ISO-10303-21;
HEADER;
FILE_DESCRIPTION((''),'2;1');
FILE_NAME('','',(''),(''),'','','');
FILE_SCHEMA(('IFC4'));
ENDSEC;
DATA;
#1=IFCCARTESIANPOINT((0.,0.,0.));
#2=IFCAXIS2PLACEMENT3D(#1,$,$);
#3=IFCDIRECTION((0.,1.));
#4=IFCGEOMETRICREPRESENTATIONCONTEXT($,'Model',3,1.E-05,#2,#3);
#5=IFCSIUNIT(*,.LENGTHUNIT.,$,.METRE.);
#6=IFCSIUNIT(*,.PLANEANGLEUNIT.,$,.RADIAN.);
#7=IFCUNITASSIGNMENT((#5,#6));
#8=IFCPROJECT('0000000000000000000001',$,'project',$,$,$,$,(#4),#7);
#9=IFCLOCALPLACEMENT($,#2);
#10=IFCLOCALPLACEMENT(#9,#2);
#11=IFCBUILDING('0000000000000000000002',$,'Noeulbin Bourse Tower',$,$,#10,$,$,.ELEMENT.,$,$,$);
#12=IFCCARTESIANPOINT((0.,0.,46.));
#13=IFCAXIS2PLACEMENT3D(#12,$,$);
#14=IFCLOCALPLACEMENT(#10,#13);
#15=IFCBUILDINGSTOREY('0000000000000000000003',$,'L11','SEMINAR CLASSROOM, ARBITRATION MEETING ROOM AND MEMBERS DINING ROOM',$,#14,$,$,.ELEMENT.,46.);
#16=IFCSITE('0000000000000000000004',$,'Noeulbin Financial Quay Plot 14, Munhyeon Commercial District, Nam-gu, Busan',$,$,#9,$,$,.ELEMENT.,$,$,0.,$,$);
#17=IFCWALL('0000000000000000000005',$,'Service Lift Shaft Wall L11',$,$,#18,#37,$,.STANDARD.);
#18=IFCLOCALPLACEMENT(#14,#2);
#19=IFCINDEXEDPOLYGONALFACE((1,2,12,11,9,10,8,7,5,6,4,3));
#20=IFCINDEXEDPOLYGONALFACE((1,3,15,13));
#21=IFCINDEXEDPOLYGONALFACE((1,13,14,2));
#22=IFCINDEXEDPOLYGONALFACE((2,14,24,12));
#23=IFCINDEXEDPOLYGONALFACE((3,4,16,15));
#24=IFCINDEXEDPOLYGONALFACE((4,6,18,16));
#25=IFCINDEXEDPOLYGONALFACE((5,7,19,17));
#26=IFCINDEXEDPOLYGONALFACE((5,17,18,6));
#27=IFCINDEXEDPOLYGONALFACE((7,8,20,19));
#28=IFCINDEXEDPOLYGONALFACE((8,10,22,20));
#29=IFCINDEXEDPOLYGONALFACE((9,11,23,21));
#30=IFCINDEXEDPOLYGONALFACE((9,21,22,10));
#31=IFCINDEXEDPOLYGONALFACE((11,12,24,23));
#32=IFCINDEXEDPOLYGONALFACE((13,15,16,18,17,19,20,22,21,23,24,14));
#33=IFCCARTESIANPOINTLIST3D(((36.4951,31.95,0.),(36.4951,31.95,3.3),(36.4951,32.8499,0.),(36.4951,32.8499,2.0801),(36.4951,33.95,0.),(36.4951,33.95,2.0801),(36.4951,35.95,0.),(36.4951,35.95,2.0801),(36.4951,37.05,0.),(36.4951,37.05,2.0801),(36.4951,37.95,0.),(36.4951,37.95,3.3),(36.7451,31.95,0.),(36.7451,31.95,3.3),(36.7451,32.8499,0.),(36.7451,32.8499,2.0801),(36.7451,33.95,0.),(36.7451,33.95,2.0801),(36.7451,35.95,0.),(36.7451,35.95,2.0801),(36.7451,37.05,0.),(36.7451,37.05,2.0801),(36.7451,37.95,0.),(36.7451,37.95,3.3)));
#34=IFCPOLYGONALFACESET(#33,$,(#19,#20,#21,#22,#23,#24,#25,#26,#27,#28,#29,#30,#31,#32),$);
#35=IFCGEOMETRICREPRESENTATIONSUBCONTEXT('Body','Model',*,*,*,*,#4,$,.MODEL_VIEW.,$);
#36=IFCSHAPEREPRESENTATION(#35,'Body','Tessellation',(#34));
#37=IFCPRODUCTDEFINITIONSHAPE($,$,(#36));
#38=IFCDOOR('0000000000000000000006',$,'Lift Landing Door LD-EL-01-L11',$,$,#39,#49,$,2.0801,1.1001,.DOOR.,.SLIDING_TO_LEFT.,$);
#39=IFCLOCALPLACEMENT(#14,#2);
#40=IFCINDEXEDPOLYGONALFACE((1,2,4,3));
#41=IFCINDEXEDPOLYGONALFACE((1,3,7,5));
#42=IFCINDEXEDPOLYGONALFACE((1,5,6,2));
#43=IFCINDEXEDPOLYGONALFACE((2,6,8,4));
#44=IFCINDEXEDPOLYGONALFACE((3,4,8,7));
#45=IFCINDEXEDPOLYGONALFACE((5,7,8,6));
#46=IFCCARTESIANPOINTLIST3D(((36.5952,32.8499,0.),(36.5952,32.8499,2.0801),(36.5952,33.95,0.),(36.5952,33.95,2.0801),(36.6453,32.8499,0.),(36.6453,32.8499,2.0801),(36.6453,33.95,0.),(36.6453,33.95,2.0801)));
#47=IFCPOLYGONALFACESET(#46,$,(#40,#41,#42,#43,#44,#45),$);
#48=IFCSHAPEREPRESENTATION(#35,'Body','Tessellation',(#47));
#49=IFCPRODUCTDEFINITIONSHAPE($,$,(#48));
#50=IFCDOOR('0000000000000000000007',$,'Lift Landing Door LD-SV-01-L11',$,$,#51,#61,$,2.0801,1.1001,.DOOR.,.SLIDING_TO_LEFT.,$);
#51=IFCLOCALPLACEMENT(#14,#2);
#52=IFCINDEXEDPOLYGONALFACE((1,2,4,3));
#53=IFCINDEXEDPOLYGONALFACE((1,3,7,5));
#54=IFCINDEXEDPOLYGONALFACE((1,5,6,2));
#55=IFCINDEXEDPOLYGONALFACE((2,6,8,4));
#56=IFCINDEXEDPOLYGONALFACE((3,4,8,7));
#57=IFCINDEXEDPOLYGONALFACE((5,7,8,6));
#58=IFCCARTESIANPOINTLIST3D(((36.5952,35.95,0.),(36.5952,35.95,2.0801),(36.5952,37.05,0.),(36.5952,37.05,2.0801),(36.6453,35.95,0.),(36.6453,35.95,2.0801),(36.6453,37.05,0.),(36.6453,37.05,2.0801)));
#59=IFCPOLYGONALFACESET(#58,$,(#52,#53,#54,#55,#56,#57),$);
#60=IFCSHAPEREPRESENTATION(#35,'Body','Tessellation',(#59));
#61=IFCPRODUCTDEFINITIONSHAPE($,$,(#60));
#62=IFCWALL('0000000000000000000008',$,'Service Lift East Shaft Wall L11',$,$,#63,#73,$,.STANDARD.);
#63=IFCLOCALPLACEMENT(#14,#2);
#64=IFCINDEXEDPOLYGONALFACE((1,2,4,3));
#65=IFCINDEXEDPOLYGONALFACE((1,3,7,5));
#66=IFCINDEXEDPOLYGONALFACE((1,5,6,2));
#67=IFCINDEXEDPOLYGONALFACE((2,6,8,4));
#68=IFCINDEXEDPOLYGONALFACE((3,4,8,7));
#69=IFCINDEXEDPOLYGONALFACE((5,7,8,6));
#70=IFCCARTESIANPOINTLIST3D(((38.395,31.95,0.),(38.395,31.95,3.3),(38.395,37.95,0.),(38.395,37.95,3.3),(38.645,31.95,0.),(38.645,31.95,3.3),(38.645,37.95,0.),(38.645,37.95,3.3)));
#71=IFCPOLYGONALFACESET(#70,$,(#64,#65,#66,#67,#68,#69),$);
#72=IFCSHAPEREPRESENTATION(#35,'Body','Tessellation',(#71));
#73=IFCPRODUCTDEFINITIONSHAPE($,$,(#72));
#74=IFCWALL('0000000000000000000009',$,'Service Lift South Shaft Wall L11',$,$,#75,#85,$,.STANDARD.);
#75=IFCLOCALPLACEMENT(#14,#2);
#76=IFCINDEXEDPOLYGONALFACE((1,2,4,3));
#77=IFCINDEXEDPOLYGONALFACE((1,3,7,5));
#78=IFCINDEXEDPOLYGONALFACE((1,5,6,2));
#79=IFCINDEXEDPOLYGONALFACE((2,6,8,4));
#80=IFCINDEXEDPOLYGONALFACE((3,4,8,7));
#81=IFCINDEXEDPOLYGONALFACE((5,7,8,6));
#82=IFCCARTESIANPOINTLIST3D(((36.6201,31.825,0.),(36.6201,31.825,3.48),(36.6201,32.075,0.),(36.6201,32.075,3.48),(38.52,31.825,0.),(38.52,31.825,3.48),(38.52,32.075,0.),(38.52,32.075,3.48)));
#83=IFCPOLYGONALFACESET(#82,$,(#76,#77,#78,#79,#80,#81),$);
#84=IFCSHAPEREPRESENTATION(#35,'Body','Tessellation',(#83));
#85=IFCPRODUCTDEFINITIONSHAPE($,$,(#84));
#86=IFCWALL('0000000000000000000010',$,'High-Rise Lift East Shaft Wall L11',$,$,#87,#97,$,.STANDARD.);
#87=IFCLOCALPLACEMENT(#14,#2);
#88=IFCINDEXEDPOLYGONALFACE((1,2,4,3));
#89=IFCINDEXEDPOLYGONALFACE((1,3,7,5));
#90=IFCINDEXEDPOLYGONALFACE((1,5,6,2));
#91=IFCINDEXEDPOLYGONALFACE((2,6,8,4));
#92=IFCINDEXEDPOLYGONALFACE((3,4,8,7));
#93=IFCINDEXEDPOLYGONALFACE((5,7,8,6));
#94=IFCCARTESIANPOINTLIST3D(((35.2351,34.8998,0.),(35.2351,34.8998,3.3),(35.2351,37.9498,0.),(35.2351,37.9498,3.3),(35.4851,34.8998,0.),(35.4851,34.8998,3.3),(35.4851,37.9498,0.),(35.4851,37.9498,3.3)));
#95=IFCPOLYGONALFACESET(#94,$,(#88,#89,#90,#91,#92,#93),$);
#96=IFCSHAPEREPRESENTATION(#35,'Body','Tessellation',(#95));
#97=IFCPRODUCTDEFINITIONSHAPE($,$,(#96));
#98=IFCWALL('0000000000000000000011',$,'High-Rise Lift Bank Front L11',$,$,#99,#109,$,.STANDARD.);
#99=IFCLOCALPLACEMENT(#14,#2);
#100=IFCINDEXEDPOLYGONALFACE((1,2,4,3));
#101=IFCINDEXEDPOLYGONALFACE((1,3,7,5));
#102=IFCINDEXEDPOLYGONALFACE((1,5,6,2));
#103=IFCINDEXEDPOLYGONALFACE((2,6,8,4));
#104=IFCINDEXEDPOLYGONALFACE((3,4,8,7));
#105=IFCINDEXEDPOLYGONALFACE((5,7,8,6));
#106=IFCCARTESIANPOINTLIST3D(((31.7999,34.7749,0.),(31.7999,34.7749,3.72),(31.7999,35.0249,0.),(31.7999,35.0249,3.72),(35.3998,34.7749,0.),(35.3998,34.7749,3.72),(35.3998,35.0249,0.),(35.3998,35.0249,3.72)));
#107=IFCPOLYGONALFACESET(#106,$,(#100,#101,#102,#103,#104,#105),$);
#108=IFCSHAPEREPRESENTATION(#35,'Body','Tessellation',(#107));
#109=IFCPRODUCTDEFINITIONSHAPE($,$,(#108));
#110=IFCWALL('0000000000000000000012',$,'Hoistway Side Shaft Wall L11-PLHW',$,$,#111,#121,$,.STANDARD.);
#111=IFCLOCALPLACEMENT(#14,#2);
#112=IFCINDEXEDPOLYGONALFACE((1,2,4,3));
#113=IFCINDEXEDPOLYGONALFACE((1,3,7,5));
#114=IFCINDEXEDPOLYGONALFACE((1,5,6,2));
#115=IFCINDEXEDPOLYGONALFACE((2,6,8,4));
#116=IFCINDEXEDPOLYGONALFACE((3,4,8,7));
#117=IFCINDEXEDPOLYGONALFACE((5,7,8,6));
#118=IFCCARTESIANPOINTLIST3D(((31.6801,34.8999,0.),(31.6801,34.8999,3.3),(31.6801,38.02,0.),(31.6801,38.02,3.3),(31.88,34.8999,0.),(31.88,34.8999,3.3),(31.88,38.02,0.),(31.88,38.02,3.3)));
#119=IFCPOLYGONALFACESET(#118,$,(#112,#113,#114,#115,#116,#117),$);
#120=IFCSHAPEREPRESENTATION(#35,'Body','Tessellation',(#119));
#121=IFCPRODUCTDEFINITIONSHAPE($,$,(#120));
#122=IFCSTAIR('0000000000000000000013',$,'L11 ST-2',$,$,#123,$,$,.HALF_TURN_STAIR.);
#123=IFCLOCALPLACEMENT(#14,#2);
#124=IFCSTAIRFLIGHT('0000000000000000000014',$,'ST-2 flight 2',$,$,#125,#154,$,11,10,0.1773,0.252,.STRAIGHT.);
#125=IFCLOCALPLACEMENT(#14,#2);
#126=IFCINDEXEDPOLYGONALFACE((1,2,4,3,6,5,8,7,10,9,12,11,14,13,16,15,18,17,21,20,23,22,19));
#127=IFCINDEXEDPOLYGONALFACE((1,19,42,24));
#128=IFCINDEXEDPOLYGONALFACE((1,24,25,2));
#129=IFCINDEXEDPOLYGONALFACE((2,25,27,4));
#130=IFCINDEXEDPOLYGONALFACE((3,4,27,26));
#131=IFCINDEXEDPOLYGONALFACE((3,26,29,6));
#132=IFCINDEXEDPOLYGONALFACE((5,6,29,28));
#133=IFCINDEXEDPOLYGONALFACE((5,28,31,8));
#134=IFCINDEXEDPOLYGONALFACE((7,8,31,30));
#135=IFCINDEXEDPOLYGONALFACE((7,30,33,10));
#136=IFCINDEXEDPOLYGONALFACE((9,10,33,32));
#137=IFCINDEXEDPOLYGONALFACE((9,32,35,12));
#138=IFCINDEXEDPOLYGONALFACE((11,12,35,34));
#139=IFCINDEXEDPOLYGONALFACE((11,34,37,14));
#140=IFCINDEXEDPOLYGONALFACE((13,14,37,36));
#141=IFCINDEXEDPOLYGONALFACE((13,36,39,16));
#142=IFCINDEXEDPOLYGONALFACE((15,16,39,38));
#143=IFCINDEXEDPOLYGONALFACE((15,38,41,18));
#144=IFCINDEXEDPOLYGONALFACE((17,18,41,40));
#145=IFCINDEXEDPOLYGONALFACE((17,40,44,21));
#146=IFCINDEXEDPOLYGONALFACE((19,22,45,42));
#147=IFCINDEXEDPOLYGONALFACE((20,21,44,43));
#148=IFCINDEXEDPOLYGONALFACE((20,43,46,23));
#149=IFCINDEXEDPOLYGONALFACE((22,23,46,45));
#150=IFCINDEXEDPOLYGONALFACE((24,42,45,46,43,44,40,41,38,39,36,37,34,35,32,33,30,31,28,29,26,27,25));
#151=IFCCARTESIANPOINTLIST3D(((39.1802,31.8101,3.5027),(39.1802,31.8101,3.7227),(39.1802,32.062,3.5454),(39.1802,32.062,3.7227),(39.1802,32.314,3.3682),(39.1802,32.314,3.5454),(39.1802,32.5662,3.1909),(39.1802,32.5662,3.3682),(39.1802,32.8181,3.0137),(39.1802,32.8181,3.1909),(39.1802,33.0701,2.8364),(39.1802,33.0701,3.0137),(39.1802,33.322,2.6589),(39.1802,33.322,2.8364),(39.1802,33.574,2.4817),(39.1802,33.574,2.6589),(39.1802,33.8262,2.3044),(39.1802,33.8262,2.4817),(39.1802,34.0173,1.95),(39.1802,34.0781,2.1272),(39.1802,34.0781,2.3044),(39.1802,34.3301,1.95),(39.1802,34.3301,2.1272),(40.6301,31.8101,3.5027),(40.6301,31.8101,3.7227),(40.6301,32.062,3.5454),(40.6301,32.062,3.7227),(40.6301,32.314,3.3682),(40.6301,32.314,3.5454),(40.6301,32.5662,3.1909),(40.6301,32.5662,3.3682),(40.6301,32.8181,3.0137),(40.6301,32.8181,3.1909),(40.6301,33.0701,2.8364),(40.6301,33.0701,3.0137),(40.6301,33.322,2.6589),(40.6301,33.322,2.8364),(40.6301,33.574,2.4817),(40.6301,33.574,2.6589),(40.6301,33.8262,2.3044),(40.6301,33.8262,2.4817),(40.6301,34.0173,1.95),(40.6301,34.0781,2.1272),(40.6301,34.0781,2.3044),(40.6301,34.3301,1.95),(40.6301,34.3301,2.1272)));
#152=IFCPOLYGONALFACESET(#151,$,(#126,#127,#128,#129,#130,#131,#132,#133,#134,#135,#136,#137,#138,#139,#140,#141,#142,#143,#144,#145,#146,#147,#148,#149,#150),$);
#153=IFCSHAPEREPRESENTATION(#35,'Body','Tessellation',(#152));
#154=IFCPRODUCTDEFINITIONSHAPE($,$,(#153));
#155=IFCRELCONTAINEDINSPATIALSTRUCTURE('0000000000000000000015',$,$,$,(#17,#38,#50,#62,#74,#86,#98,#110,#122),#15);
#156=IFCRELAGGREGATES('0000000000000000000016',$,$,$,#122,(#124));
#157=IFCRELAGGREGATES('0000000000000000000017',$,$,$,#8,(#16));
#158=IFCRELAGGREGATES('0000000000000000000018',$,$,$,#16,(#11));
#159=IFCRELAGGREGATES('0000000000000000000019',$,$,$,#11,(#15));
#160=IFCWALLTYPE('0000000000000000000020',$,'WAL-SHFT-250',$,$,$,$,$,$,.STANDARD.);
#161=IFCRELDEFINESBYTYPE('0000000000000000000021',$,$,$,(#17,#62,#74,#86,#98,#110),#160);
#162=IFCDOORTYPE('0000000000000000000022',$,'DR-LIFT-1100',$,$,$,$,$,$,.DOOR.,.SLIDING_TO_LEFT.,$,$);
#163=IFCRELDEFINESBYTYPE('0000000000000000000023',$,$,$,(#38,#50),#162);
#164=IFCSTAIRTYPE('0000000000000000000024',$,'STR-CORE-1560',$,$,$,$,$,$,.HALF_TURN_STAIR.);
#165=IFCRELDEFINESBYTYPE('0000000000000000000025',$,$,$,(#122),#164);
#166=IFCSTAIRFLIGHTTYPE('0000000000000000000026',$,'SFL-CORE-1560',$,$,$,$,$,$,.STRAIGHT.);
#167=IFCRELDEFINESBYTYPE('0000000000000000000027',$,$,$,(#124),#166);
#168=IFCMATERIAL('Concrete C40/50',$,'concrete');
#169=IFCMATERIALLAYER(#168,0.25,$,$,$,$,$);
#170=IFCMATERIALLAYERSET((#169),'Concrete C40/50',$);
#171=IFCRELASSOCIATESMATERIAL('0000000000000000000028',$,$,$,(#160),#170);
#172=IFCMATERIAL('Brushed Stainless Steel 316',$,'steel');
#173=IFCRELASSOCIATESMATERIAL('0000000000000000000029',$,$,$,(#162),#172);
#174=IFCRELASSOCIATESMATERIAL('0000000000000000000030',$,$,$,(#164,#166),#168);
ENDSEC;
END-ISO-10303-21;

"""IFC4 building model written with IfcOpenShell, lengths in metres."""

from ifc_helpers import new_model, si_unit, direction, frame, frame_2d, origin, place, context, subcontext, project, spatial, polyline, rectangle, outline, extrude, material, layer, layer_set, type_object, element, fill, aggregate, save


model = new_model("IFC4")

# Units and contexts
model_context = context("Model", 3, precision=1e-05, world=origin(), true_north=direction((0.0, 1.0)))
body_context = subcontext(model_context, "Body", "Model", "MODEL_VIEW")
ifc_project = project(units=[si_unit("LENGTHUNIT", "METRE"), si_unit("PLANEANGLEUNIT", "RADIAN")], contexts=[model_context])

# Site, building, storey
site_placement = place(None, origin())
site = spatial("IfcSite", under=ifc_project, at=site_placement, Name="Noeulbin Financial Quay Plot 14, Munhyeon Commercial District, Nam-gu, Busan", CompositionType="ELEMENT", RefElevation=0.0)
building_placement = place(site_placement, origin())
building = spatial("IfcBuilding", under=site, at=building_placement, Name="Noeulbin Bourse Tower", CompositionType="ELEMENT")
storey_placement = place(building_placement, frame((0.0, 0.0, 46.0)))
storey = spatial("IfcBuildingStorey", under=building, at=storey_placement, Name="L11", Description="SEMINAR CLASSROOM, ARBITRATION MEETING ROOM AND MEMBERS DINING ROOM", CompositionType="ELEMENT", Elevation=46.0)

# Shared definitions
ifc_material_1 = material(Name="Concrete C40/50", Category="concrete")

# Shared definitions
ifc_layer_1 = layer(ifc_material_1, 0.25)
ifc_layer_set_1 = layer_set([ifc_layer_1], Name="Concrete C40/50")
wall_type_1 = type_object("IfcWallType", Name="WAL-SHFT-250", PredefinedType="STANDARD", material=ifc_layer_set_1)

# Wall, openings, doors
wall_1_placement = place(storey_placement, frame((36.6201, 31.95, 0.0), z_axis=(0.0, 0.0, 1.0), x_axis=(0.0, 1.0, 0.0)))
wall_1 = element("IfcWall", 1, at=wall_1_placement, inside=storey, type_object=wall_type_1, Name="Service Lift Shaft Wall L11", PredefinedType="STANDARD", context=body_context, shape_type="SweptSolid", body=[
    extrude(rectangle(XDim=6.0, YDim=0.25, at=frame_2d((3.0, 0.0))), origin(), (0.0, 0.0, 1.0), 3.3),
])
opening_1_placement = place(wall_1_placement, frame((0.8999, 0.0, 0.0)))
opening_1 = element("IfcOpeningElement", 2, at=opening_1_placement, cuts=wall_1, PredefinedType="OPENING", context=body_context, shape_type="SweptSolid", body=[
    extrude(rectangle(XDim=1.1001, YDim=2.0801, at=frame_2d((0.55, 1.04))), frame((0.0, 0.135, 0.0), z_axis=(0.0, -1.0, 0.0), x_axis=(1.0, 0.0, 0.0)), (0.0, 0.0, 1.0), 0.27),
])
opening_2_placement = place(wall_1_placement, frame((4.0, 0.0, 0.0)))
opening_2 = element("IfcOpeningElement", 3, at=opening_2_placement, cuts=wall_1, PredefinedType="OPENING", context=body_context, shape_type="SweptSolid", body=[
    extrude(rectangle(XDim=1.1001, YDim=2.0801, at=frame_2d((0.55, 1.04))), frame((0.0, 0.135, 0.0), z_axis=(0.0, -1.0, 0.0), x_axis=(1.0, 0.0, 0.0)), (0.0, 0.0, 1.0), 0.27),
])
ifc_material_2 = material(Name="Brushed Stainless Steel 316", Category="steel")
door_type_1 = type_object("IfcDoorType", Name="DR-LIFT-1100", OperationType="SLIDING_TO_LEFT", PredefinedType="DOOR", material=ifc_material_2)
door_1_placement = place(opening_1_placement, origin())
door_1 = element("IfcDoor", 4, at=door_1_placement, inside=storey, type_object=door_type_1, Name="Lift Landing Door LD-EL-01-L11", OperationType="SLIDING_TO_LEFT", OverallHeight=2.0801, OverallWidth=1.1001, PredefinedType="DOOR", context=body_context, shape_type="SweptSolid", body=[
    extrude(rectangle(XDim=1.1001, YDim=2.0801, at=frame_2d((0.55, 1.04))), frame((0.0, 0.0249, 0.0), z_axis=(0.0, -1.0, 0.0), x_axis=(1.0, 0.0, 0.0)), (0.0, 0.0, 1.0), 0.05),
])
fill(opening_1, door_1)
door_2_placement = place(opening_2_placement, origin())
door_2 = element("IfcDoor", 5, at=door_2_placement, inside=storey, type_object=door_type_1, Name="Lift Landing Door LD-SV-01-L11", OperationType="SLIDING_TO_LEFT", OverallHeight=2.0801, OverallWidth=1.1001, PredefinedType="DOOR", context=body_context, shape_type="SweptSolid", body=[
    extrude(rectangle(XDim=1.1001, YDim=2.0801, at=frame_2d((0.55, 1.04))), frame((0.0, 0.0249, 0.0), z_axis=(0.0, -1.0, 0.0), x_axis=(1.0, 0.0, 0.0)), (0.0, 0.0, 1.0), 0.05),
])
fill(opening_2, door_2)

# Walls
wall_2_placement = place(storey_placement, frame((38.52, 31.95, 0.0), z_axis=(0.0, 0.0, 1.0), x_axis=(0.0, 1.0, 0.0)))
element("IfcWall", 6, at=wall_2_placement, inside=storey, type_object=wall_type_1, Name="Service Lift East Shaft Wall L11", PredefinedType="STANDARD", context=body_context, shape_type="SweptSolid", body=[
    extrude(rectangle(XDim=6.0, YDim=0.25, at=frame_2d((3.0, 0.0))), origin(), (0.0, 0.0, 1.0), 3.3),
])
wall_3_placement = place(storey_placement, frame((36.6201, 31.95, 0.0), z_axis=(0.0, 0.0, 1.0), x_axis=(1.0, 0.0, 0.0)))
element("IfcWall", 7, at=wall_3_placement, inside=storey, type_object=wall_type_1, Name="Service Lift South Shaft Wall L11", PredefinedType="STANDARD", context=body_context, shape_type="SweptSolid", body=[
    extrude(rectangle(XDim=1.8999, YDim=0.25, at=frame_2d((0.95, 0.0))), origin(), (0.0, 0.0, 1.0), 3.48),
])
wall_4_placement = place(storey_placement, frame((35.3601, 34.8999, 0.0), z_axis=(0.0, 0.0, 1.0), x_axis=(0.0, 1.0, 0.0)))
element("IfcWall", 8, at=wall_4_placement, inside=storey, type_object=wall_type_1, Name="High-Rise Lift East Shaft Wall L11", PredefinedType="STANDARD", context=body_context, shape_type="SweptSolid", body=[
    extrude(rectangle(XDim=3.05, YDim=0.25, at=frame_2d((1.5249, 0.0))), origin(), (0.0, 0.0, 1.0), 3.3),
])
wall_5_placement = place(storey_placement, frame((31.8, 34.8999, 0.0), z_axis=(0.0, 0.0, 1.0), x_axis=(1.0, 0.0, 0.0)))
element("IfcWall", 9, at=wall_5_placement, inside=storey, type_object=wall_type_1, Name="High-Rise Lift Bank Front L11", PredefinedType="STANDARD", context=body_context, shape_type="SweptSolid", body=[
    extrude(rectangle(XDim=3.5999, YDim=0.25, at=frame_2d((1.7998, 0.0))), origin(), (0.0, 0.0, 1.0), 3.72),
])
wall_6_placement = place(storey_placement, frame((31.78, 34.8999, 0.0), z_axis=(0.0, 0.0, 1.0), x_axis=(0.0, 1.0, 0.0)))
element("IfcWall", 10, at=wall_6_placement, inside=storey, type_object=wall_type_1, Name="Hoistway Side Shaft Wall L11-PLHW", PredefinedType="STANDARD", context=body_context, shape_type="SweptSolid", body=[
    extrude(rectangle(XDim=3.1201, YDim=0.2, at=frame_2d((1.5601, 0.0))), origin(), (0.0, 0.0, 1.0), 3.3),
])

# Stair, stair flight
stair_type = type_object("IfcStairType", Name="STR-CORE-1560", PredefinedType="HALF_TURN_STAIR", material=ifc_material_1)
stair_placement = place(storey_placement, origin())
stair = element("IfcStair", 11, at=stair_placement, inside=storey, type_object=stair_type, Name="L11 ST-2", PredefinedType="HALF_TURN_STAIR")
stair_flight_type = type_object("IfcStairFlightType", Name="SFL-CORE-1560", PredefinedType="STRAIGHT", material=ifc_material_1)
stair_flight_placement = place(storey_placement, frame((39.905, 34.3301, 1.95), z_axis=(0.0, 0.0, 1.0), x_axis=(0.0, -1.0, 0.0)))
stair_flight = element("IfcStairFlight", 12, at=stair_flight_placement, type_object=stair_flight_type, Name="ST-2 flight 2", NumberOfRisers=11, NumberOfTreads=10, PredefinedType="STRAIGHT", RiserHeight=0.1773, TreadLength=0.252, context=body_context, shape_type="SweptSolid", body=[
    extrude(outline(polyline([(0.0, 0.0), (0.0, 0.1772), (0.252, 0.1772), (0.252, 0.3545), (0.5039, 0.3545), (0.5039, 0.5317), (0.7561, 0.5317), (0.7561, 0.709), (1.0081, 0.709), (1.0081, 0.8865), (1.26, 0.8865), (1.26, 1.0637), (1.512, 1.0637), (1.512, 1.241), (1.7639, 1.241), (1.7639, 1.4182), (2.0161, 1.4182), (2.0161, 1.5955), (2.2681, 1.5955), (2.2681, 1.7727), (2.52, 1.7727), (2.52, 1.95), (2.52, 1.5527), (0.3127, 0.0), (0.0, 0.0)])), frame((0.0, 0.7251, 0.0), z_axis=(0.0, -1.0, 0.0), x_axis=(1.0, 0.0, 0.0)), (0.0, 0.0, 1.0), 1.45),
])
aggregate(stair, [stair_flight])

save(model, "model.ifc")
